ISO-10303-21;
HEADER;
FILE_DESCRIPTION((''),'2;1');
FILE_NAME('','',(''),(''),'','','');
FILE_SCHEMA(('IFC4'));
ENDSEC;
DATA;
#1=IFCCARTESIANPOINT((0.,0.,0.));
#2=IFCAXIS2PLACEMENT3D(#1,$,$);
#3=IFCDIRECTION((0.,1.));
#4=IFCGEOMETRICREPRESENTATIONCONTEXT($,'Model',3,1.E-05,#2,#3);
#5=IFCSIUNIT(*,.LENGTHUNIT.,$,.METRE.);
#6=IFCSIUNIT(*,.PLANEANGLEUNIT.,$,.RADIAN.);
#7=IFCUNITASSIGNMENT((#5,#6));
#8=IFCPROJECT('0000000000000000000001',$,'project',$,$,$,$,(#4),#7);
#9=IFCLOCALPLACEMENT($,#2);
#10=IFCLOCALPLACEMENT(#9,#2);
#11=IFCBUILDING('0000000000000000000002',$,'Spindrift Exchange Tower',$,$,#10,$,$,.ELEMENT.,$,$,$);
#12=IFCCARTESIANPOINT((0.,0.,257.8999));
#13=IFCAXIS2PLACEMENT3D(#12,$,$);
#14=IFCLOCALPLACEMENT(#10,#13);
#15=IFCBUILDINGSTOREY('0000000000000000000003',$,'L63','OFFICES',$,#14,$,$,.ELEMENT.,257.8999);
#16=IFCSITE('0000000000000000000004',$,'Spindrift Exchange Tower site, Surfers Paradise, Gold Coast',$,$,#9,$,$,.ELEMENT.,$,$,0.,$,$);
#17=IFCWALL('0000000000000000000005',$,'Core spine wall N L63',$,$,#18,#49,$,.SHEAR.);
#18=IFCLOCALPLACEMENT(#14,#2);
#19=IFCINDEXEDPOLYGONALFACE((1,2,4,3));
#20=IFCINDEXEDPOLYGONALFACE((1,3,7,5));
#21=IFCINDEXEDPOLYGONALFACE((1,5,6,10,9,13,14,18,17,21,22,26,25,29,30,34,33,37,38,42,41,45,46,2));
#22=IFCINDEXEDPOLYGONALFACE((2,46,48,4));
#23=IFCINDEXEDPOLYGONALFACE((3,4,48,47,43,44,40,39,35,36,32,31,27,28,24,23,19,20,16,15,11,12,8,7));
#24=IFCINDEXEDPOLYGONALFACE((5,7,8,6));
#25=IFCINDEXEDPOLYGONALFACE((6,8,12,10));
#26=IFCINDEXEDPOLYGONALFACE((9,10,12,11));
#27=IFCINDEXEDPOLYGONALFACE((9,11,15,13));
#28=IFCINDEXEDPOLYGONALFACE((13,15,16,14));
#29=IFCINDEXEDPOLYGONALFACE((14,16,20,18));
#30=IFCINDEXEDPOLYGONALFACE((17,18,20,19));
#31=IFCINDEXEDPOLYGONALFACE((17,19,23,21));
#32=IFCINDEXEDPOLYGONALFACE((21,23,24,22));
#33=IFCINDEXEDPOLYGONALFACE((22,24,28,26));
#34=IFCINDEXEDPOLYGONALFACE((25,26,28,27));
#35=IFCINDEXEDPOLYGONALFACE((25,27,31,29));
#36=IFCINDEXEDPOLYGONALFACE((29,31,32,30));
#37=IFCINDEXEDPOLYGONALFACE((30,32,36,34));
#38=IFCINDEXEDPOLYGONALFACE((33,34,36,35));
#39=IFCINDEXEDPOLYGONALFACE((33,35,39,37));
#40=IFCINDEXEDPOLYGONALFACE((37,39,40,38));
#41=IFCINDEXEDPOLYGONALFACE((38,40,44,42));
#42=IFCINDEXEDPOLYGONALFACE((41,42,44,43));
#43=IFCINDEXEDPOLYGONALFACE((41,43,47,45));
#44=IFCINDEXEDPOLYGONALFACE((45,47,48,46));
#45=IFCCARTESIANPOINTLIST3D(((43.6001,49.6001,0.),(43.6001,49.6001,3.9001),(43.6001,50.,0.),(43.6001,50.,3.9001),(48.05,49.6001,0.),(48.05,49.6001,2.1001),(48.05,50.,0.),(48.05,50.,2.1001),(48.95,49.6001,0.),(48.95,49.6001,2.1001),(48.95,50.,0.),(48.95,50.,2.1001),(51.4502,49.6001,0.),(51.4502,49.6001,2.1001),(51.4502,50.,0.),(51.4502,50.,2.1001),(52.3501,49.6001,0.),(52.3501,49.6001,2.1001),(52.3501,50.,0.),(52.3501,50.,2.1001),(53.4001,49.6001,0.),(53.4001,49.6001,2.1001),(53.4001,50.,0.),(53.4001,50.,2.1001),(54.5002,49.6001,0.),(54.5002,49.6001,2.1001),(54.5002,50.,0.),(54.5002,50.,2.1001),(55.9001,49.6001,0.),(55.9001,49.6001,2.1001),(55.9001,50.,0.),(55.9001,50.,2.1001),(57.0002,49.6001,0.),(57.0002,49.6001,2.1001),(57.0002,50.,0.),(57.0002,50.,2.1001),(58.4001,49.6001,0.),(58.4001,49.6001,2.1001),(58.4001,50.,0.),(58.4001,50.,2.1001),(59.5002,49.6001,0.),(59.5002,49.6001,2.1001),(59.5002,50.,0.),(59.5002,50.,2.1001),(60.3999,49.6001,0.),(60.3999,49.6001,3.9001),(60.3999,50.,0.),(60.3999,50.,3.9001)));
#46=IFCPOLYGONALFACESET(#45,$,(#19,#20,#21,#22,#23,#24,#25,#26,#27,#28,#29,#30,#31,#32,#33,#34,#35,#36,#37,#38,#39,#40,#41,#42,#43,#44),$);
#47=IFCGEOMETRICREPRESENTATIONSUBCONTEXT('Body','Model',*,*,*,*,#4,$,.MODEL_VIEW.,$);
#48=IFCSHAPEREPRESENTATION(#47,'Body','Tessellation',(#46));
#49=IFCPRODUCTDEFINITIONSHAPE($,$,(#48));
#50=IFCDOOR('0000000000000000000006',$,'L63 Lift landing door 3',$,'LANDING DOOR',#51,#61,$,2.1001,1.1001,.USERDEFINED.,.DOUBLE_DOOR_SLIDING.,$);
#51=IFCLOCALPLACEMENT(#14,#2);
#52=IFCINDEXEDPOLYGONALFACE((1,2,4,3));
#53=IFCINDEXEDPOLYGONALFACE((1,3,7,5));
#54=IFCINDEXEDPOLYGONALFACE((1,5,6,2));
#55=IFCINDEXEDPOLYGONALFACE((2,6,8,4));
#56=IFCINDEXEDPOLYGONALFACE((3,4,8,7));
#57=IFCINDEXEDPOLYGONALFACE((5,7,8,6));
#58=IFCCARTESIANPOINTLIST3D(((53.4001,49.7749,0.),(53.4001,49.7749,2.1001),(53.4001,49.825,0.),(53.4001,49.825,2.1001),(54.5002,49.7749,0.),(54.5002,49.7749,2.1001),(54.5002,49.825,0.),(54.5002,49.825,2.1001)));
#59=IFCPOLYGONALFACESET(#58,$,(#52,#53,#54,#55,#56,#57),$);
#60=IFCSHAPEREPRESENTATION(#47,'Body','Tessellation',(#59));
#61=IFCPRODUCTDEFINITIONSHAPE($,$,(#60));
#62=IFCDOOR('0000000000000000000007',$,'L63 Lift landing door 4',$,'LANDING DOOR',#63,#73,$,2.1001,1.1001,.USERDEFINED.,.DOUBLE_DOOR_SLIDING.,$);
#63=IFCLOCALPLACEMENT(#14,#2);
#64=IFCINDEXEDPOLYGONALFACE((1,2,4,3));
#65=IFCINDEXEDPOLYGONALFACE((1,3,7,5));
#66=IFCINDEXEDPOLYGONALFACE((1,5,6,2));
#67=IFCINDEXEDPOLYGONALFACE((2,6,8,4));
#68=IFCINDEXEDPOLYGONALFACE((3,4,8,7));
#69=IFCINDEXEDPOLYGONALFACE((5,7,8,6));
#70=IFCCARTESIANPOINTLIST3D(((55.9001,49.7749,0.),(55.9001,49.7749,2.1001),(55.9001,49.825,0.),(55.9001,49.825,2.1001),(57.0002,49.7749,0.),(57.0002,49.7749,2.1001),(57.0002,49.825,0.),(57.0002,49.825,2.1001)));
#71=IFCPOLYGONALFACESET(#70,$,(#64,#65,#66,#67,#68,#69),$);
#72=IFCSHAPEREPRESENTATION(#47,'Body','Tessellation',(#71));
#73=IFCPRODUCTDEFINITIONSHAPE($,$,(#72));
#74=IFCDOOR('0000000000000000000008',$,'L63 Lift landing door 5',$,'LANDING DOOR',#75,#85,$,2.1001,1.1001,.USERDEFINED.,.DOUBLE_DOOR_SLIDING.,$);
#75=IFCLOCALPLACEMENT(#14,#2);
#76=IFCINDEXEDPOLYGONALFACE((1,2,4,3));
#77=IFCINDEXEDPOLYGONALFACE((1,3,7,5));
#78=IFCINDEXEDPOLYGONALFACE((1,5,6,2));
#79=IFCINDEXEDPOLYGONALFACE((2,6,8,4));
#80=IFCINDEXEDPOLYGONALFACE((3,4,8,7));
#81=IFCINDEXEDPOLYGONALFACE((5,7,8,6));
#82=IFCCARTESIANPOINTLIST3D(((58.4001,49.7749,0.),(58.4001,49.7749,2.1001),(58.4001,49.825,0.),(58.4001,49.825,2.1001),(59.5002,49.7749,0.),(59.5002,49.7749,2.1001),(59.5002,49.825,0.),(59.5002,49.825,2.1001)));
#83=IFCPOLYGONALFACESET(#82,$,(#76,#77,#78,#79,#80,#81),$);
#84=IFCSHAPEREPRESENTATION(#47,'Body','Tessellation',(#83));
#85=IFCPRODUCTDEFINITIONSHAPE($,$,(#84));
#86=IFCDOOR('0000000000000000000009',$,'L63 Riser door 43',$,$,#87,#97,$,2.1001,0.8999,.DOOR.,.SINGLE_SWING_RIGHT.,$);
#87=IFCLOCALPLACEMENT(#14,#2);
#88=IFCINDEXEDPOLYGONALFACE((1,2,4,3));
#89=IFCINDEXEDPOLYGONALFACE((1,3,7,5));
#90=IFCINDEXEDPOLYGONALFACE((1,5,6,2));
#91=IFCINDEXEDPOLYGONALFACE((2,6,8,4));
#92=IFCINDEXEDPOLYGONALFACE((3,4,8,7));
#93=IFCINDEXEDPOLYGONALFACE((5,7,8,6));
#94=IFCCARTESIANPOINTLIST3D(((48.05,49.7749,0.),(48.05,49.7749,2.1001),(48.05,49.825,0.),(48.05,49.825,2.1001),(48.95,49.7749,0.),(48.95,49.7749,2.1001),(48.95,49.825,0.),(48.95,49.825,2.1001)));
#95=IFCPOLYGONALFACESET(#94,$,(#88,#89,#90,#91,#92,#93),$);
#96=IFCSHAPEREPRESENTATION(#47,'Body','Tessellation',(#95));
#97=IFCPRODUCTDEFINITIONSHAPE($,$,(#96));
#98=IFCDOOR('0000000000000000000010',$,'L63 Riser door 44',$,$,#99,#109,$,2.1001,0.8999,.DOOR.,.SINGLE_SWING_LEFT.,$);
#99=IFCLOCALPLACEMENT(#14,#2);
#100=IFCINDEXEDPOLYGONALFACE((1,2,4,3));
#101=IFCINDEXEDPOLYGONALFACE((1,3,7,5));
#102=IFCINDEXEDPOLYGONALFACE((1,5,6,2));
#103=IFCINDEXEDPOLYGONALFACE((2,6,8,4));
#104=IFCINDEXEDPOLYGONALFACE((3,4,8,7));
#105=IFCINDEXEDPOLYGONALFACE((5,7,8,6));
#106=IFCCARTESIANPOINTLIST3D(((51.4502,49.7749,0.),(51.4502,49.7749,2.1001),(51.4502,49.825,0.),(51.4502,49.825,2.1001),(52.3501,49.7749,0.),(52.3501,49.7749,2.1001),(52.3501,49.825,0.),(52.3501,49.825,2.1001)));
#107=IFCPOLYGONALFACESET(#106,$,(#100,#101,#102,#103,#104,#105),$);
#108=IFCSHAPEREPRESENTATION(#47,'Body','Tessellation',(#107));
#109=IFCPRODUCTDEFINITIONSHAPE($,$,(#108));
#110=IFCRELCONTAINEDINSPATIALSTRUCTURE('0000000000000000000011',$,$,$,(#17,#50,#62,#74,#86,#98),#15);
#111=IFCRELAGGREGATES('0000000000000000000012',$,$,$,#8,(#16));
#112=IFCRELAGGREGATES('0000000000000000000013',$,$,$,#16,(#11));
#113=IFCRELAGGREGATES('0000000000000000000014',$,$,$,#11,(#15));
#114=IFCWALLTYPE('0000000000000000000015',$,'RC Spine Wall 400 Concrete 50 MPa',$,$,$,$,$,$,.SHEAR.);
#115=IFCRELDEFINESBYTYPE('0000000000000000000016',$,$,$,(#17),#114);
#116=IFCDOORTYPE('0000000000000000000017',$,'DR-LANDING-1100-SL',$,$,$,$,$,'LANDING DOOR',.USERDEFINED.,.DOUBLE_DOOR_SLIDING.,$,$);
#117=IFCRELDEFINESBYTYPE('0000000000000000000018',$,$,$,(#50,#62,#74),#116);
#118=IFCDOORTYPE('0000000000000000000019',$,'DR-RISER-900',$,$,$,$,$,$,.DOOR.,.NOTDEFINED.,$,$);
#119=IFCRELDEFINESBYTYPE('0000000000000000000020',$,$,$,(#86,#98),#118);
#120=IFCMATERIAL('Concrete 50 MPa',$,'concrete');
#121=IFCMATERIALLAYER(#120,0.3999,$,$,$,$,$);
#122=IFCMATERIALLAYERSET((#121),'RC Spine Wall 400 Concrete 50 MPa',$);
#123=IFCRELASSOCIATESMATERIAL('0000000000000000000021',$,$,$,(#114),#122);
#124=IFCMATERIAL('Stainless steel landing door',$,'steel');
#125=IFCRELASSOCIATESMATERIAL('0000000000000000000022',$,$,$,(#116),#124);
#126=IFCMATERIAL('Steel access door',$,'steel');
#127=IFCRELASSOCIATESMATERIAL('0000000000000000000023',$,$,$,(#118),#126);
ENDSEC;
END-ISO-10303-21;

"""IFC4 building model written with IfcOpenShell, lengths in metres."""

from ifc_helpers import new_model, si_unit, direction, frame, frame_2d, origin, place, context, subcontext, project, spatial, rectangle, extrude, source, transform, mapped, material, layer, layer_set, type_object, element, fill, save


model = new_model("IFC4")

# Units and contexts
model_context = context("Model", 3, precision=1e-05, world=origin(), true_north=direction((0.0, 1.0)))
body_context = subcontext(model_context, "Body", "Model", "MODEL_VIEW")
ifc_project = project(units=[si_unit("LENGTHUNIT", "METRE"), si_unit("PLANEANGLEUNIT", "RADIAN")], contexts=[model_context])

# Site, building, storey
site_placement = place(None, origin())
site = spatial("IfcSite", under=ifc_project, at=site_placement, Name="Spindrift Exchange Tower site, Surfers Paradise, Gold Coast", CompositionType="ELEMENT", RefElevation=0.0)
building_placement = place(site_placement, origin())
building = spatial("IfcBuilding", under=site, at=building_placement, Name="Spindrift Exchange Tower", CompositionType="ELEMENT")
storey_placement = place(building_placement, frame((0.0, 0.0, 257.8999)))
storey = spatial("IfcBuildingStorey", under=building, at=storey_placement, Name="L63", Description="OFFICES", CompositionType="ELEMENT", Elevation=257.8999)

# Wall, openings, doors
ifc_material_1 = material(Name="Concrete 50 MPa", Category="concrete")
ifc_layer_1 = layer(ifc_material_1, 0.3999)
ifc_layer_set_1 = layer_set([ifc_layer_1], Name="RC Spine Wall 400 Concrete 50 MPa")
wall_type_1 = type_object("IfcWallType", Name="RC Spine Wall 400 Concrete 50 MPa", PredefinedType="SHEAR", material=ifc_layer_set_1)
wall_1_placement = place(storey_placement, frame((43.6001, 49.8, 0.0), z_axis=(0.0, 0.0, 1.0), x_axis=(1.0, 0.0, 0.0)))
wall_1 = element("IfcWall", 1, at=wall_1_placement, inside=storey, type_object=wall_type_1, Name="Core spine wall N L63", PredefinedType="SHEAR", context=body_context, shape_type="SweptSolid", body=[
    extrude(rectangle(XDim=16.7998, YDim=0.3999, at=frame_2d((8.3999, 0.0))), origin(), (0.0, 0.0, 1.0), 3.9001),
])
opening_1_placement = place(wall_1_placement, frame((9.8, 0.0, 0.0)))
opening_1 = element("IfcOpeningElement", 2, at=opening_1_placement, cuts=wall_1, PredefinedType="OPENING", context=body_context, shape_type="SweptSolid", body=[
    extrude(rectangle(XDim=1.1001, YDim=2.1001, at=frame_2d((0.55, 1.05))), frame((0.0, 0.21, 0.0), z_axis=(0.0, -1.0, 0.0), x_axis=(1.0, 0.0, 0.0)), (0.0, 0.0, 1.0), 0.4199),
])
opening_2_placement = place(wall_1_placement, frame((12.3, 0.0, 0.0)))
opening_2 = element("IfcOpeningElement", 3, at=opening_2_placement, cuts=wall_1, PredefinedType="OPENING", context=body_context, shape_type="SweptSolid", body=[
    extrude(rectangle(XDim=1.1001, YDim=2.1001, at=frame_2d((0.55, 1.05))), frame((0.0, 0.21, 0.0), z_axis=(0.0, -1.0, 0.0), x_axis=(1.0, 0.0, 0.0)), (0.0, 0.0, 1.0), 0.4199),
])
opening_3_placement = place(wall_1_placement, frame((14.8, 0.0, 0.0)))
opening_3 = element("IfcOpeningElement", 4, at=opening_3_placement, cuts=wall_1, PredefinedType="OPENING", context=body_context, shape_type="SweptSolid", body=[
    extrude(rectangle(XDim=1.1001, YDim=2.1001, at=frame_2d((0.55, 1.05))), frame((0.0, 0.21, 0.0), z_axis=(0.0, -1.0, 0.0), x_axis=(1.0, 0.0, 0.0)), (0.0, 0.0, 1.0), 0.4199),
])
opening_4_placement = place(wall_1_placement, frame((4.45, 0.0, 0.0)))
opening_4 = element("IfcOpeningElement", 5, at=opening_4_placement, cuts=wall_1, PredefinedType="OPENING", context=body_context, shape_type="SweptSolid", body=[
    extrude(rectangle(XDim=0.8999, YDim=2.1001, at=frame_2d((0.45, 1.05))), frame((0.0, 0.21, 0.0), z_axis=(0.0, -1.0, 0.0), x_axis=(1.0, 0.0, 0.0)), (0.0, 0.0, 1.0), 0.4199),
])
opening_5_placement = place(wall_1_placement, frame((7.8501, 0.0, 0.0)))
opening_5 = element("IfcOpeningElement", 6, at=opening_5_placement, cuts=wall_1, PredefinedType="OPENING", context=body_context, shape_type="SweptSolid", body=[
    extrude(rectangle(XDim=0.8999, YDim=2.1001, at=frame_2d((0.45, 1.05))), frame((0.0, 0.21, 0.0), z_axis=(0.0, -1.0, 0.0), x_axis=(1.0, 0.0, 0.0)), (0.0, 0.0, 1.0), 0.4199),
])
ifc_material_2 = material(Name="Stainless steel landing door", Category="steel")
door_type_1 = type_object("IfcDoorType", Name="DR-LANDING-1100-SL", ElementType="LANDING DOOR", OperationType="DOUBLE_DOOR_SLIDING", PredefinedType="USERDEFINED", material=ifc_material_2)
shared_shape_1 = source(origin(), body_context, "Body", "SweptSolid", [
    extrude(rectangle(XDim=1.1001, YDim=2.1001, at=frame_2d((0.55, 1.05))), frame((0.0, 0.0249, 0.0), z_axis=(0.0, -1.0, 0.0), x_axis=(1.0, 0.0, 0.0)), (0.0, 0.0, 1.0), 0.05),
])
door_1_placement = place(opening_1_placement, origin())
door_1 = element("IfcDoor", 7, at=door_1_placement, inside=storey, type_object=door_type_1, Name="L63 Lift landing door 3", ObjectType="LANDING DOOR", OperationType="DOUBLE_DOOR_SLIDING", OverallHeight=2.1001, OverallWidth=1.1001, PredefinedType="USERDEFINED", context=body_context, shape_type="MappedRepresentation", body=[
    mapped(shared_shape_1, transform((0.0, 0.0, 0.0), scale=1.0)),
])
fill(opening_1, door_1)
door_2_placement = place(opening_2_placement, origin())
door_2 = element("IfcDoor", 8, at=door_2_placement, inside=storey, type_object=door_type_1, Name="L63 Lift landing door 4", ObjectType="LANDING DOOR", OperationType="DOUBLE_DOOR_SLIDING", OverallHeight=2.1001, OverallWidth=1.1001, PredefinedType="USERDEFINED", context=body_context, shape_type="MappedRepresentation", body=[
    mapped(shared_shape_1, transform((0.0, 0.0, 0.0), scale=1.0)),
])
fill(opening_2, door_2)
door_3_placement = place(opening_3_placement, origin())
door_3 = element("IfcDoor", 9, at=door_3_placement, inside=storey, type_object=door_type_1, Name="L63 Lift landing door 5", ObjectType="LANDING DOOR", OperationType="DOUBLE_DOOR_SLIDING", OverallHeight=2.1001, OverallWidth=1.1001, PredefinedType="USERDEFINED", context=body_context, shape_type="MappedRepresentation", body=[
    mapped(shared_shape_1, transform((0.0, 0.0, 0.0), scale=1.0)),
])
fill(opening_3, door_3)
ifc_material_3 = material(Name="Steel access door", Category="steel")
door_type_2 = type_object("IfcDoorType", Name="DR-RISER-900", OperationType="NOTDEFINED", PredefinedType="DOOR", material=ifc_material_3)
shared_shape_2 = source(origin(), body_context, "Body", "SweptSolid", [
    extrude(rectangle(XDim=0.8999, YDim=2.1001, at=frame_2d((0.45, 1.05))), frame((0.0, 0.0249, 0.0), z_axis=(0.0, -1.0, 0.0), x_axis=(1.0, 0.0, 0.0)), (0.0, 0.0, 1.0), 0.05),
])
door_4_placement = place(opening_4_placement, origin())
door_4 = element("IfcDoor", 10, at=door_4_placement, inside=storey, type_object=door_type_2, Name="L63 Riser door 43", OperationType="SINGLE_SWING_RIGHT", OverallHeight=2.1001, OverallWidth=0.8999, PredefinedType="DOOR", context=body_context, shape_type="MappedRepresentation", body=[
    mapped(shared_shape_2, transform((0.0, 0.0, 0.0), scale=1.0)),
])
fill(opening_4, door_4)
door_5_placement = place(opening_5_placement, origin())
door_5 = element("IfcDoor", 11, at=door_5_placement, inside=storey, type_object=door_type_2, Name="L63 Riser door 44", OperationType="SINGLE_SWING_LEFT", OverallHeight=2.1001, OverallWidth=0.8999, PredefinedType="DOOR", context=body_context, shape_type="MappedRepresentation", body=[
    mapped(shared_shape_2, transform((0.0, 0.0, 0.0), scale=1.0)),
])
fill(opening_5, door_5)

save(model, "model.ifc")
